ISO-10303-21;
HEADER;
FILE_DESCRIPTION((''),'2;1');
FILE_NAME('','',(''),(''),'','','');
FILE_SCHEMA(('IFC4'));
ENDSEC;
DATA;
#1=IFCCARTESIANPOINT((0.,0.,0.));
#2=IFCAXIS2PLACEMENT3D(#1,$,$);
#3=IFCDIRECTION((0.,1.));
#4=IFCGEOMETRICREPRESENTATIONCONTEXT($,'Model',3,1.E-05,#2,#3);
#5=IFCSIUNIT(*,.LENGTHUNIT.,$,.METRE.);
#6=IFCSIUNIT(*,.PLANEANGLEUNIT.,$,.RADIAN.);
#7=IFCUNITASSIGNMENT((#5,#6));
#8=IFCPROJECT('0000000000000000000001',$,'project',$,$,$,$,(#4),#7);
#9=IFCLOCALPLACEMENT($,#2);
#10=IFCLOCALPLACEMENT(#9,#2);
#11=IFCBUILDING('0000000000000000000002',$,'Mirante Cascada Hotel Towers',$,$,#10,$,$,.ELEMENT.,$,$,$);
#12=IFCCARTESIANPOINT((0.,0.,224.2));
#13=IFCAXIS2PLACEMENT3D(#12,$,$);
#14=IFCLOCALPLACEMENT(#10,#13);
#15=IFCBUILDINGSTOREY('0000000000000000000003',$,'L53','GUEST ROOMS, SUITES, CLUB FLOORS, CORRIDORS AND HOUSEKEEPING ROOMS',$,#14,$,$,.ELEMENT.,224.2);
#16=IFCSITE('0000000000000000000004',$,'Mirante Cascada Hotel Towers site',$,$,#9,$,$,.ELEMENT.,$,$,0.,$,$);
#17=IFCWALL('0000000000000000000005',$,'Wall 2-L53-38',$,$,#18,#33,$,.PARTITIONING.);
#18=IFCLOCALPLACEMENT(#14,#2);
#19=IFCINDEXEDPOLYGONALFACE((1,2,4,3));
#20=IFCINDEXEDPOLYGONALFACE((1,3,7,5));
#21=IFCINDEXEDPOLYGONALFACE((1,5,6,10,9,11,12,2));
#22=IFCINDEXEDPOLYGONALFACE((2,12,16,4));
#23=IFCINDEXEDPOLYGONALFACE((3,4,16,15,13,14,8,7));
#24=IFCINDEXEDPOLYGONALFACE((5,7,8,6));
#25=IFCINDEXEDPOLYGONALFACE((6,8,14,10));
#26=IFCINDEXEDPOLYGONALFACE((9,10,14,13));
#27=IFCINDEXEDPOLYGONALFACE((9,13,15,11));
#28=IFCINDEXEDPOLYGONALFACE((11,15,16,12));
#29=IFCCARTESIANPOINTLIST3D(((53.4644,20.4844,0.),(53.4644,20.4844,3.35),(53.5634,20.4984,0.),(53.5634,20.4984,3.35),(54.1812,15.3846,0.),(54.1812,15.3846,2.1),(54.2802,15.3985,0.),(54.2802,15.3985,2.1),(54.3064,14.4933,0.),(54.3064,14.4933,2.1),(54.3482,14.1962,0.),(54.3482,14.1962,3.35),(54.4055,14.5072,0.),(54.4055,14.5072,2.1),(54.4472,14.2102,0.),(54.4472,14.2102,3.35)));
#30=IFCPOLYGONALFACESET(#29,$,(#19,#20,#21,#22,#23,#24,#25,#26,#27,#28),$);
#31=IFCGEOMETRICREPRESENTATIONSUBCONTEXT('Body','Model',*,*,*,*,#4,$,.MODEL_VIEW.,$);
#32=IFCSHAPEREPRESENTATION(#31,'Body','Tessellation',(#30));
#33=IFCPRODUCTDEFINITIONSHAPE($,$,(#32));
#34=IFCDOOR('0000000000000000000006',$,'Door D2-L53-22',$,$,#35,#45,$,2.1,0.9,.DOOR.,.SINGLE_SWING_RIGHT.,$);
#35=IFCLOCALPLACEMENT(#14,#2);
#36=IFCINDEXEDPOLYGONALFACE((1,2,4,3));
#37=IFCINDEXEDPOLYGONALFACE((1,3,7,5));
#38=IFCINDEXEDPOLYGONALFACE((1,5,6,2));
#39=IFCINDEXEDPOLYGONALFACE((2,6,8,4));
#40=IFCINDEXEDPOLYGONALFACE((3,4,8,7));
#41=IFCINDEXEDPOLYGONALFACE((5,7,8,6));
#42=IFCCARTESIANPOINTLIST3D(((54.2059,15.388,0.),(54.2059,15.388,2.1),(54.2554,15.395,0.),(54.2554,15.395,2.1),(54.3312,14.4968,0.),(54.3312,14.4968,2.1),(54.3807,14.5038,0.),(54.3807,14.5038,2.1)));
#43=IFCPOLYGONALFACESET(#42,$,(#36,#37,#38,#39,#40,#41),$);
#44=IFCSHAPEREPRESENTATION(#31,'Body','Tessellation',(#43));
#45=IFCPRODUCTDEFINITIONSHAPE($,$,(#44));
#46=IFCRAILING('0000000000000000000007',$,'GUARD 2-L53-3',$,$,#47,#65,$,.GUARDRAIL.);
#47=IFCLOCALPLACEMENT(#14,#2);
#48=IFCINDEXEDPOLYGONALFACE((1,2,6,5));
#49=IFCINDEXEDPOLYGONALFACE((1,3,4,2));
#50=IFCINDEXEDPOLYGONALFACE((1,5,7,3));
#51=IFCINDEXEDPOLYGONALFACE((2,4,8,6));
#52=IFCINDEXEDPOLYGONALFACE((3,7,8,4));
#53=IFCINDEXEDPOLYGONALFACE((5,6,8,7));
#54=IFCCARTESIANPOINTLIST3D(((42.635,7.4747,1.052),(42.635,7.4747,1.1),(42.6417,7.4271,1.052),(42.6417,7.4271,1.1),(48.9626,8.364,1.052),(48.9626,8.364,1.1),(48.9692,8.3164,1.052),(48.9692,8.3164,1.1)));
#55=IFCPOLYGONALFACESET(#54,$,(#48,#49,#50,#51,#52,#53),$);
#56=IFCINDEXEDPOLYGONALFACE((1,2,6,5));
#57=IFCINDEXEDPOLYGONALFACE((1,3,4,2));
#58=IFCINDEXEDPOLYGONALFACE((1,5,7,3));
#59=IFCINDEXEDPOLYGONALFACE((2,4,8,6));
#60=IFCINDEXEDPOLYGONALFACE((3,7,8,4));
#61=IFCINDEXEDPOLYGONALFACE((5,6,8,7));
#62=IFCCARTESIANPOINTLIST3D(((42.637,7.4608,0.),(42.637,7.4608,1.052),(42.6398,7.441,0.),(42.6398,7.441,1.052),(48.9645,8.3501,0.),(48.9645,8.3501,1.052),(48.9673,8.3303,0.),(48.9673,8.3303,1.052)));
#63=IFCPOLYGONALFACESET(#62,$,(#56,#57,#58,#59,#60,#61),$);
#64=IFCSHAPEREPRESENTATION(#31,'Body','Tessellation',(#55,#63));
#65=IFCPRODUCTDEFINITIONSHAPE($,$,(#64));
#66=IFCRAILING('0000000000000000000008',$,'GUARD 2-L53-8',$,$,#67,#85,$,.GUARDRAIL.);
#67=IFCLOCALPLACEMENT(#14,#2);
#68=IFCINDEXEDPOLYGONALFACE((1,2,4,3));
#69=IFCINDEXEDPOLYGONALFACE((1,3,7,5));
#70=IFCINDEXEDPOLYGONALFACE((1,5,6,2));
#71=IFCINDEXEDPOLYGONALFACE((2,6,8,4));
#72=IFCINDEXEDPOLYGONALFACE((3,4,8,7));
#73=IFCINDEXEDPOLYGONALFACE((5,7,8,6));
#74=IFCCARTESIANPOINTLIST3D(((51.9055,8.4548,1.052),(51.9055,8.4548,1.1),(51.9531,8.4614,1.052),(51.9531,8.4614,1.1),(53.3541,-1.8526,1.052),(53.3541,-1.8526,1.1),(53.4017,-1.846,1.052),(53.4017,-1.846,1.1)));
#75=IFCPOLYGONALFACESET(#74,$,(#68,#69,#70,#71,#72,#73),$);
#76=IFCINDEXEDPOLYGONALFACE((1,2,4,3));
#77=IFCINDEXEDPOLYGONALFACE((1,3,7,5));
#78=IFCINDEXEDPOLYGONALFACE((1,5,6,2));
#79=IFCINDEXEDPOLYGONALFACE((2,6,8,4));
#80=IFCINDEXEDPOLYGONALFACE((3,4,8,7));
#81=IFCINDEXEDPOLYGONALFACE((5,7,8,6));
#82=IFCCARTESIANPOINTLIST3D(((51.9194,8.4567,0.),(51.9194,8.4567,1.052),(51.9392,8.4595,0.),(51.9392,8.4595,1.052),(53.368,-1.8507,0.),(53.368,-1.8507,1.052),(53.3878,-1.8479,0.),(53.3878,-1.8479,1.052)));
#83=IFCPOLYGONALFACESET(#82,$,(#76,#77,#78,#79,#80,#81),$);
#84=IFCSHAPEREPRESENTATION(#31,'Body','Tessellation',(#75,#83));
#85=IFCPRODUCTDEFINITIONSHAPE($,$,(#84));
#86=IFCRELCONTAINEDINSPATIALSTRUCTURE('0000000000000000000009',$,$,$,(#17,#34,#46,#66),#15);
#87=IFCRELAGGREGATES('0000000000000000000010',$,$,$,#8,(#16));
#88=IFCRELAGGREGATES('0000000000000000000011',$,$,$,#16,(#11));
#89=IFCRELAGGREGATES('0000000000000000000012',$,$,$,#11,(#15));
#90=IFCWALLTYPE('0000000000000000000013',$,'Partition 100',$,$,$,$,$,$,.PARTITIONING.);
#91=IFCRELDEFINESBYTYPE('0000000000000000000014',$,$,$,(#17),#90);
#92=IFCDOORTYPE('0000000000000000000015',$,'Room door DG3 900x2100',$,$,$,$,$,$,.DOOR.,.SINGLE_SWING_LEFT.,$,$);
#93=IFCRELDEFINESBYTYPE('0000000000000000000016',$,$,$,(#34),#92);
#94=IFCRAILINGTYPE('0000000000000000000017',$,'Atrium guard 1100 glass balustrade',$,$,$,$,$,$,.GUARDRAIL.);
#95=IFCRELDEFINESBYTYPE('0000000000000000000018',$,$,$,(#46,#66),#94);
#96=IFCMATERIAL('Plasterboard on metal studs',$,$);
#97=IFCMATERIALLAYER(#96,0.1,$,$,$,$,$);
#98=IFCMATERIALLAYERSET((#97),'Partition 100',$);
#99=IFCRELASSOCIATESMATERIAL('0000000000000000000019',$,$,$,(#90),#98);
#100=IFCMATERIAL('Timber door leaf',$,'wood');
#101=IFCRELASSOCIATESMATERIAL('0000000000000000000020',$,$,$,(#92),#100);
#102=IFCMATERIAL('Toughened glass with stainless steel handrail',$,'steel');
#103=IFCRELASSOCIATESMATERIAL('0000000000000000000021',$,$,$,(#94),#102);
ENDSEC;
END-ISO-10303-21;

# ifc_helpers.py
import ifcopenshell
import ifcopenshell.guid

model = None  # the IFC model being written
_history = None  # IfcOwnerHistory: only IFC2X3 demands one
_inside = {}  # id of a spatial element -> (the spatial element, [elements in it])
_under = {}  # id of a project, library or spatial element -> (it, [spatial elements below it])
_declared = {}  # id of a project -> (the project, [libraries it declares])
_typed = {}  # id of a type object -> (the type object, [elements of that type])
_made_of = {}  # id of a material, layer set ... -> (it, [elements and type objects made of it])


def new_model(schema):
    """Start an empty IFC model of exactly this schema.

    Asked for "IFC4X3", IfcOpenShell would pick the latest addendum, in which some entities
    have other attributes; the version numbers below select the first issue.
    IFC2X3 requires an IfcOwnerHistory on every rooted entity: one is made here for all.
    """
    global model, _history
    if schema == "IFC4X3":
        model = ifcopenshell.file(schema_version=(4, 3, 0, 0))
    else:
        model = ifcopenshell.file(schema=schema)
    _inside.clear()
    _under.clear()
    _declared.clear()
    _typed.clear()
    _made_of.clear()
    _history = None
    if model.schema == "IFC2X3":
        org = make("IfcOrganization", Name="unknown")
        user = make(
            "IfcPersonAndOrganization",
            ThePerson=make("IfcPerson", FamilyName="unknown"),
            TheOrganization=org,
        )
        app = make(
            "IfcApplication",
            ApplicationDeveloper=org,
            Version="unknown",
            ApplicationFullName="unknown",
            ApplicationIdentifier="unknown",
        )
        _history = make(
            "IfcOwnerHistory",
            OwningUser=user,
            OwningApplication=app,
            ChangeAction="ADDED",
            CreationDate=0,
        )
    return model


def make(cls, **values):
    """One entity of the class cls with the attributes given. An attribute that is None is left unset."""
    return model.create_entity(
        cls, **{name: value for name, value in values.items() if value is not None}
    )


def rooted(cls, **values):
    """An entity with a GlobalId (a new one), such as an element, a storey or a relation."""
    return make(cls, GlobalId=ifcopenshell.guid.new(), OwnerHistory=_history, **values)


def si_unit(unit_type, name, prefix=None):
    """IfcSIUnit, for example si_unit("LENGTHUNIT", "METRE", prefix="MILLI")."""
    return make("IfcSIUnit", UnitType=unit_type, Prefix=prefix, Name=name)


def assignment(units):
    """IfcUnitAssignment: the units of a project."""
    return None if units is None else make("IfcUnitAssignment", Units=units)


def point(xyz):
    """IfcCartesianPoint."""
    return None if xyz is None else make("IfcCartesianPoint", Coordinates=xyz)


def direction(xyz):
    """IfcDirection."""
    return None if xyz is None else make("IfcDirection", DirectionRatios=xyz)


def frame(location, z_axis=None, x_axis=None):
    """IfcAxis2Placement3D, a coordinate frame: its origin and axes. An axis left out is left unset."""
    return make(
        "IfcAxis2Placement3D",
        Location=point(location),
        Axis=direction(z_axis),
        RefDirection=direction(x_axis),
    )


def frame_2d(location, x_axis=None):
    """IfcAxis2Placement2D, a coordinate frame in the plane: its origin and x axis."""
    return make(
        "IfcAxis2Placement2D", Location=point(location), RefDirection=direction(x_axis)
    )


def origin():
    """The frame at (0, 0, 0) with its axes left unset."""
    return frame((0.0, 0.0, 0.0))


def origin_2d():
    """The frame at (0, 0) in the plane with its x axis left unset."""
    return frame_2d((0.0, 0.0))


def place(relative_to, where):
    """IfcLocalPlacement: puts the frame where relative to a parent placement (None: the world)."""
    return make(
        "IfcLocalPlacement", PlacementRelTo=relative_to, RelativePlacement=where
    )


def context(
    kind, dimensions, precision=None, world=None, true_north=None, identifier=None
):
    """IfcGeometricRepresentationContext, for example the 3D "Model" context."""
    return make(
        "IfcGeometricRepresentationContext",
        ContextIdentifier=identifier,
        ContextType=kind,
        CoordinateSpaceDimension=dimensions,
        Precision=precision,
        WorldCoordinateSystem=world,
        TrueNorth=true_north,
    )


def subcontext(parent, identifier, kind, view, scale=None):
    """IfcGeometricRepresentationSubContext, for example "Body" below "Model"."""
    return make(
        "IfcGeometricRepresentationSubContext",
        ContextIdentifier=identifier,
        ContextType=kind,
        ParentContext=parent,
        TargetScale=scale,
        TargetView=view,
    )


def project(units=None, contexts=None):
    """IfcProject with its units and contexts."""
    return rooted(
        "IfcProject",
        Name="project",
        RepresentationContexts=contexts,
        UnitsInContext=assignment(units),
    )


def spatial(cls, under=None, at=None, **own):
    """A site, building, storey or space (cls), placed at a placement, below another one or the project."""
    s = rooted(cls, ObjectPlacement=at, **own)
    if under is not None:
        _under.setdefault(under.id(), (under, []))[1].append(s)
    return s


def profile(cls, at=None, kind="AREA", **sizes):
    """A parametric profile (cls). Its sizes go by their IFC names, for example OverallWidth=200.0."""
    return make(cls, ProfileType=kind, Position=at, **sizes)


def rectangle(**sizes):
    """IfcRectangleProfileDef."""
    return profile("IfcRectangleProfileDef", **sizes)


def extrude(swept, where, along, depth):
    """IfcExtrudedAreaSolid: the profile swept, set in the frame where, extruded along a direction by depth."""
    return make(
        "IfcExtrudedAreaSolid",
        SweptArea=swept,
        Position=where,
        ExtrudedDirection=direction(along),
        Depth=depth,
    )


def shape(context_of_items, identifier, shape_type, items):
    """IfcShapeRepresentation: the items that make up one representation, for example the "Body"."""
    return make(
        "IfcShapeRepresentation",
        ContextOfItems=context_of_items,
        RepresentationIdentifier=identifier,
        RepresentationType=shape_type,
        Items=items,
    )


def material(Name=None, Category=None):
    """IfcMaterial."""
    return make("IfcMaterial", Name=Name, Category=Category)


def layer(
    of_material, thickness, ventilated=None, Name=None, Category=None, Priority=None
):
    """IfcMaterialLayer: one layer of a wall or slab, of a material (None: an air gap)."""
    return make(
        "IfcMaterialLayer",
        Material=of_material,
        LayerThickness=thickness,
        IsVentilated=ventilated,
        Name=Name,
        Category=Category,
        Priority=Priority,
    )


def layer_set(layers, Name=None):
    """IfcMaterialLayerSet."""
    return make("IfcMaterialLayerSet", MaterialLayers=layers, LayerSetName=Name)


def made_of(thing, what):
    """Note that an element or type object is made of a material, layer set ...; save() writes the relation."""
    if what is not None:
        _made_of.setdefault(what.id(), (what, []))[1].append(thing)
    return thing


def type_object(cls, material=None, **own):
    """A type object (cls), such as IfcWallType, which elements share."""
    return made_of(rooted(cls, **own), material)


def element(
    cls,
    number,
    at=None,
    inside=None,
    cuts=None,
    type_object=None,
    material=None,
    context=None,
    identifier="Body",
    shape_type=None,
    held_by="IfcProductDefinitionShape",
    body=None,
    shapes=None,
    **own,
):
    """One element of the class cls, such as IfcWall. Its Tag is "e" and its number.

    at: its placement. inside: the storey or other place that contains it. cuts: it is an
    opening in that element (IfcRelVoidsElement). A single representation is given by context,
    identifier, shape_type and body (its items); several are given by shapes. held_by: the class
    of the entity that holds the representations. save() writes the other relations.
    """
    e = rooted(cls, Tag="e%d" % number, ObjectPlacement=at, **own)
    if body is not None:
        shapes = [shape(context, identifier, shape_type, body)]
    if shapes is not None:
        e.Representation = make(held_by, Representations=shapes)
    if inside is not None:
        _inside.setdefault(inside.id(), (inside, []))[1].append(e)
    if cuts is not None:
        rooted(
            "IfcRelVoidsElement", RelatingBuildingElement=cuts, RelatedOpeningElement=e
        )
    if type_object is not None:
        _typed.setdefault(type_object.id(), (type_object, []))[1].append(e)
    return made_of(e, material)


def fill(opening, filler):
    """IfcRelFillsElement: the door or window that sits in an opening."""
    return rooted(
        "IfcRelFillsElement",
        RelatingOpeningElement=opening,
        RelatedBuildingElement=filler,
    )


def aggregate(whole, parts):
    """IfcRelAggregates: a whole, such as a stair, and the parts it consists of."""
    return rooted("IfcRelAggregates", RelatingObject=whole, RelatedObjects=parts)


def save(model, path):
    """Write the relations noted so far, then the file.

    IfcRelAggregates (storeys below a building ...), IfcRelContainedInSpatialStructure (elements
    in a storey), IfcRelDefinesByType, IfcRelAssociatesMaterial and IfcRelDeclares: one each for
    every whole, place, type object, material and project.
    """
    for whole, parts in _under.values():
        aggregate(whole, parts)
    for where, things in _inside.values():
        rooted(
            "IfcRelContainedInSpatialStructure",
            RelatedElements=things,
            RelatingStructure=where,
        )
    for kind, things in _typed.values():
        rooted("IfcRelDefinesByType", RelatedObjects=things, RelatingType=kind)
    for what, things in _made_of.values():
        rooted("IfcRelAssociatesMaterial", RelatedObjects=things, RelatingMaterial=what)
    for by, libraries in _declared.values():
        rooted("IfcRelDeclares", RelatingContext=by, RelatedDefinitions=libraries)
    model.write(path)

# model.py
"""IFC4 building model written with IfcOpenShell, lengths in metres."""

from ifc_helpers import new_model, si_unit, direction, frame, frame_2d, origin, origin_2d, place, context, subcontext, project, spatial, rectangle, extrude, material, layer, layer_set, type_object, element, fill, save


model = new_model("IFC4")

# Units and contexts
model_context = context("Model", 3, precision=1e-05, world=origin(), true_north=direction((0.0, 1.0)))
body_context = subcontext(model_context, "Body", "Model", "MODEL_VIEW")
ifc_project = project(units=[si_unit("LENGTHUNIT", "METRE"), si_unit("PLANEANGLEUNIT", "RADIAN")], contexts=[model_context])

# Site, building, storey
site_placement = place(None, origin())
site = spatial("IfcSite", under=ifc_project, at=site_placement, Name="Mirante Cascada Hotel Towers site", CompositionType="ELEMENT", RefElevation=0.0)
building_placement = place(site_placement, origin())
building = spatial("IfcBuilding", under=site, at=building_placement, Name="Mirante Cascada Hotel Towers", CompositionType="ELEMENT")
storey_placement = place(building_placement, frame((0.0, 0.0, 224.2)))
storey = spatial("IfcBuildingStorey", under=building, at=storey_placement, Name="L53", Description="GUEST ROOMS, SUITES, CLUB FLOORS, CORRIDORS AND HOUSEKEEPING ROOMS", CompositionType="ELEMENT", Elevation=224.2)

# Shared definitions
ifc_material_1 = material(Name="Plasterboard on metal studs")
ifc_layer_1 = layer(ifc_material_1, 0.1)
ifc_layer_set_1 = layer_set([ifc_layer_1], Name="Partition 100")
wall_type_1 = type_object("IfcWallType", Name="Partition 100", PredefinedType="PARTITIONING", material=ifc_layer_set_1)

# Shared definitions
ifc_material_2 = material(Name="Timber door leaf", Category="wood")
door_type_1 = type_object("IfcDoorType", Name="Room door DG3 900x2100", OperationType="SINGLE_SWING_LEFT", PredefinedType="DOOR", material=ifc_material_2)

# Wall, opening, door
wall_1_placement = place(storey_placement, frame((54.3977, 14.2032, 0.0), z_axis=(0.0, 0.0, 1.0), x_axis=(-0.139181, 0.990267, 0.0)))
wall_1 = element("IfcWall", 1, at=wall_1_placement, inside=storey, type_object=wall_type_1, Name="Wall 2-L53-38", PredefinedType="PARTITIONING", context=body_context, shape_type="SweptSolid", body=[
    extrude(rectangle(XDim=6.35, YDim=0.1, at=frame_2d((3.175, 0.0))), origin(), (0.0, 0.0, 1.0), 3.35),
])
opening_1_placement = place(wall_1_placement, frame((0.3, 0.0, 0.0)))
opening_1 = element("IfcOpeningElement", 2, at=opening_1_placement, cuts=wall_1, PredefinedType="OPENING", context=body_context, shape_type="SweptSolid", body=[
    extrude(rectangle(XDim=0.9, YDim=2.1, at=frame_2d((0.45, 1.05))), frame((0.0, 0.05, 0.0), z_axis=(0.0, -1.0, 0.0), x_axis=(1.0, 0.0, 0.0)), (0.0, 0.0, 1.0), 0.1),
])
door_1_placement = place(opening_1_placement, frame((0.9, 0.0, 0.0), z_axis=(0.0, 0.0, 1.0), x_axis=(-1.0, 0.0, 0.0)))
door_1 = element("IfcDoor", 3, at=door_1_placement, inside=storey, type_object=door_type_1, Name="Door D2-L53-22", OperationType="SINGLE_SWING_RIGHT", OverallHeight=2.1, OverallWidth=0.9, PredefinedType="DOOR", context=body_context, shape_type="SweptSolid", body=[
    extrude(rectangle(XDim=0.9, YDim=2.1, at=frame_2d((0.45, 1.05))), frame((0.0, 0.025, 0.0), z_axis=(0.0, -1.0, 0.0), x_axis=(1.0, 0.0, 0.0)), (0.0, 0.0, 1.0), 0.05),
])
fill(opening_1, door_1)

# Railings
ifc_material_3 = material(Name="Toughened glass with stainless steel handrail", Category="steel")
railing_type = type_object("IfcRailingType", Name="Atrium guard 1100 glass balustrade", PredefinedType="GUARDRAIL", material=ifc_material_3)
railing_1_placement = place(storey_placement, frame((48.9659, 8.3402, 0.0)))
element("IfcRailing", 4, at=railing_1_placement, inside=storey, type_object=railing_type, Name="GUARD 2-L53-3", PredefinedType="GUARDRAIL", context=body_context, shape_type="SweptSolid", body=[
    extrude(rectangle(XDim=0.048, YDim=0.048, at=origin_2d()), frame((0.0, 0.0, 1.076), z_axis=(-0.990267, -0.139177, 0.0), x_axis=(0.139177, -0.990267, 0.0)), (0.0, 0.0, 1.0), 6.3897),
    extrude(rectangle(XDim=0.02, YDim=1.052, at=origin_2d()), frame((0.0, 0.0, 0.526), z_axis=(-0.990267, -0.139177, 0.0), x_axis=(0.139177, -0.990267, 0.0)), (0.0, 0.0, 1.0), 6.3897),
])
railing_2_placement = place(storey_placement, frame((51.9293, 8.4581, 0.0)))
element("IfcRailing", 5, at=railing_2_placement, inside=storey, type_object=railing_type, Name="GUARD 2-L53-8", PredefinedType="GUARDRAIL", context=body_context, shape_type="SweptSolid", body=[
    extrude(rectangle(XDim=0.048, YDim=0.048, at=origin_2d()), frame((0.0, 0.0, 1.076), z_axis=(0.139172, -0.990268, 0.0), x_axis=(0.990268, 0.139172, 0.0)), (0.0, 0.0, 1.0), 10.4087),
    extrude(rectangle(XDim=0.02, YDim=1.052, at=origin_2d()), frame((0.0, 0.0, 0.526), z_axis=(0.139172, -0.990268, 0.0), x_axis=(0.990268, 0.139172, 0.0)), (0.0, 0.0, 1.0), 10.4087),
])

save(model, "model.ifc")
